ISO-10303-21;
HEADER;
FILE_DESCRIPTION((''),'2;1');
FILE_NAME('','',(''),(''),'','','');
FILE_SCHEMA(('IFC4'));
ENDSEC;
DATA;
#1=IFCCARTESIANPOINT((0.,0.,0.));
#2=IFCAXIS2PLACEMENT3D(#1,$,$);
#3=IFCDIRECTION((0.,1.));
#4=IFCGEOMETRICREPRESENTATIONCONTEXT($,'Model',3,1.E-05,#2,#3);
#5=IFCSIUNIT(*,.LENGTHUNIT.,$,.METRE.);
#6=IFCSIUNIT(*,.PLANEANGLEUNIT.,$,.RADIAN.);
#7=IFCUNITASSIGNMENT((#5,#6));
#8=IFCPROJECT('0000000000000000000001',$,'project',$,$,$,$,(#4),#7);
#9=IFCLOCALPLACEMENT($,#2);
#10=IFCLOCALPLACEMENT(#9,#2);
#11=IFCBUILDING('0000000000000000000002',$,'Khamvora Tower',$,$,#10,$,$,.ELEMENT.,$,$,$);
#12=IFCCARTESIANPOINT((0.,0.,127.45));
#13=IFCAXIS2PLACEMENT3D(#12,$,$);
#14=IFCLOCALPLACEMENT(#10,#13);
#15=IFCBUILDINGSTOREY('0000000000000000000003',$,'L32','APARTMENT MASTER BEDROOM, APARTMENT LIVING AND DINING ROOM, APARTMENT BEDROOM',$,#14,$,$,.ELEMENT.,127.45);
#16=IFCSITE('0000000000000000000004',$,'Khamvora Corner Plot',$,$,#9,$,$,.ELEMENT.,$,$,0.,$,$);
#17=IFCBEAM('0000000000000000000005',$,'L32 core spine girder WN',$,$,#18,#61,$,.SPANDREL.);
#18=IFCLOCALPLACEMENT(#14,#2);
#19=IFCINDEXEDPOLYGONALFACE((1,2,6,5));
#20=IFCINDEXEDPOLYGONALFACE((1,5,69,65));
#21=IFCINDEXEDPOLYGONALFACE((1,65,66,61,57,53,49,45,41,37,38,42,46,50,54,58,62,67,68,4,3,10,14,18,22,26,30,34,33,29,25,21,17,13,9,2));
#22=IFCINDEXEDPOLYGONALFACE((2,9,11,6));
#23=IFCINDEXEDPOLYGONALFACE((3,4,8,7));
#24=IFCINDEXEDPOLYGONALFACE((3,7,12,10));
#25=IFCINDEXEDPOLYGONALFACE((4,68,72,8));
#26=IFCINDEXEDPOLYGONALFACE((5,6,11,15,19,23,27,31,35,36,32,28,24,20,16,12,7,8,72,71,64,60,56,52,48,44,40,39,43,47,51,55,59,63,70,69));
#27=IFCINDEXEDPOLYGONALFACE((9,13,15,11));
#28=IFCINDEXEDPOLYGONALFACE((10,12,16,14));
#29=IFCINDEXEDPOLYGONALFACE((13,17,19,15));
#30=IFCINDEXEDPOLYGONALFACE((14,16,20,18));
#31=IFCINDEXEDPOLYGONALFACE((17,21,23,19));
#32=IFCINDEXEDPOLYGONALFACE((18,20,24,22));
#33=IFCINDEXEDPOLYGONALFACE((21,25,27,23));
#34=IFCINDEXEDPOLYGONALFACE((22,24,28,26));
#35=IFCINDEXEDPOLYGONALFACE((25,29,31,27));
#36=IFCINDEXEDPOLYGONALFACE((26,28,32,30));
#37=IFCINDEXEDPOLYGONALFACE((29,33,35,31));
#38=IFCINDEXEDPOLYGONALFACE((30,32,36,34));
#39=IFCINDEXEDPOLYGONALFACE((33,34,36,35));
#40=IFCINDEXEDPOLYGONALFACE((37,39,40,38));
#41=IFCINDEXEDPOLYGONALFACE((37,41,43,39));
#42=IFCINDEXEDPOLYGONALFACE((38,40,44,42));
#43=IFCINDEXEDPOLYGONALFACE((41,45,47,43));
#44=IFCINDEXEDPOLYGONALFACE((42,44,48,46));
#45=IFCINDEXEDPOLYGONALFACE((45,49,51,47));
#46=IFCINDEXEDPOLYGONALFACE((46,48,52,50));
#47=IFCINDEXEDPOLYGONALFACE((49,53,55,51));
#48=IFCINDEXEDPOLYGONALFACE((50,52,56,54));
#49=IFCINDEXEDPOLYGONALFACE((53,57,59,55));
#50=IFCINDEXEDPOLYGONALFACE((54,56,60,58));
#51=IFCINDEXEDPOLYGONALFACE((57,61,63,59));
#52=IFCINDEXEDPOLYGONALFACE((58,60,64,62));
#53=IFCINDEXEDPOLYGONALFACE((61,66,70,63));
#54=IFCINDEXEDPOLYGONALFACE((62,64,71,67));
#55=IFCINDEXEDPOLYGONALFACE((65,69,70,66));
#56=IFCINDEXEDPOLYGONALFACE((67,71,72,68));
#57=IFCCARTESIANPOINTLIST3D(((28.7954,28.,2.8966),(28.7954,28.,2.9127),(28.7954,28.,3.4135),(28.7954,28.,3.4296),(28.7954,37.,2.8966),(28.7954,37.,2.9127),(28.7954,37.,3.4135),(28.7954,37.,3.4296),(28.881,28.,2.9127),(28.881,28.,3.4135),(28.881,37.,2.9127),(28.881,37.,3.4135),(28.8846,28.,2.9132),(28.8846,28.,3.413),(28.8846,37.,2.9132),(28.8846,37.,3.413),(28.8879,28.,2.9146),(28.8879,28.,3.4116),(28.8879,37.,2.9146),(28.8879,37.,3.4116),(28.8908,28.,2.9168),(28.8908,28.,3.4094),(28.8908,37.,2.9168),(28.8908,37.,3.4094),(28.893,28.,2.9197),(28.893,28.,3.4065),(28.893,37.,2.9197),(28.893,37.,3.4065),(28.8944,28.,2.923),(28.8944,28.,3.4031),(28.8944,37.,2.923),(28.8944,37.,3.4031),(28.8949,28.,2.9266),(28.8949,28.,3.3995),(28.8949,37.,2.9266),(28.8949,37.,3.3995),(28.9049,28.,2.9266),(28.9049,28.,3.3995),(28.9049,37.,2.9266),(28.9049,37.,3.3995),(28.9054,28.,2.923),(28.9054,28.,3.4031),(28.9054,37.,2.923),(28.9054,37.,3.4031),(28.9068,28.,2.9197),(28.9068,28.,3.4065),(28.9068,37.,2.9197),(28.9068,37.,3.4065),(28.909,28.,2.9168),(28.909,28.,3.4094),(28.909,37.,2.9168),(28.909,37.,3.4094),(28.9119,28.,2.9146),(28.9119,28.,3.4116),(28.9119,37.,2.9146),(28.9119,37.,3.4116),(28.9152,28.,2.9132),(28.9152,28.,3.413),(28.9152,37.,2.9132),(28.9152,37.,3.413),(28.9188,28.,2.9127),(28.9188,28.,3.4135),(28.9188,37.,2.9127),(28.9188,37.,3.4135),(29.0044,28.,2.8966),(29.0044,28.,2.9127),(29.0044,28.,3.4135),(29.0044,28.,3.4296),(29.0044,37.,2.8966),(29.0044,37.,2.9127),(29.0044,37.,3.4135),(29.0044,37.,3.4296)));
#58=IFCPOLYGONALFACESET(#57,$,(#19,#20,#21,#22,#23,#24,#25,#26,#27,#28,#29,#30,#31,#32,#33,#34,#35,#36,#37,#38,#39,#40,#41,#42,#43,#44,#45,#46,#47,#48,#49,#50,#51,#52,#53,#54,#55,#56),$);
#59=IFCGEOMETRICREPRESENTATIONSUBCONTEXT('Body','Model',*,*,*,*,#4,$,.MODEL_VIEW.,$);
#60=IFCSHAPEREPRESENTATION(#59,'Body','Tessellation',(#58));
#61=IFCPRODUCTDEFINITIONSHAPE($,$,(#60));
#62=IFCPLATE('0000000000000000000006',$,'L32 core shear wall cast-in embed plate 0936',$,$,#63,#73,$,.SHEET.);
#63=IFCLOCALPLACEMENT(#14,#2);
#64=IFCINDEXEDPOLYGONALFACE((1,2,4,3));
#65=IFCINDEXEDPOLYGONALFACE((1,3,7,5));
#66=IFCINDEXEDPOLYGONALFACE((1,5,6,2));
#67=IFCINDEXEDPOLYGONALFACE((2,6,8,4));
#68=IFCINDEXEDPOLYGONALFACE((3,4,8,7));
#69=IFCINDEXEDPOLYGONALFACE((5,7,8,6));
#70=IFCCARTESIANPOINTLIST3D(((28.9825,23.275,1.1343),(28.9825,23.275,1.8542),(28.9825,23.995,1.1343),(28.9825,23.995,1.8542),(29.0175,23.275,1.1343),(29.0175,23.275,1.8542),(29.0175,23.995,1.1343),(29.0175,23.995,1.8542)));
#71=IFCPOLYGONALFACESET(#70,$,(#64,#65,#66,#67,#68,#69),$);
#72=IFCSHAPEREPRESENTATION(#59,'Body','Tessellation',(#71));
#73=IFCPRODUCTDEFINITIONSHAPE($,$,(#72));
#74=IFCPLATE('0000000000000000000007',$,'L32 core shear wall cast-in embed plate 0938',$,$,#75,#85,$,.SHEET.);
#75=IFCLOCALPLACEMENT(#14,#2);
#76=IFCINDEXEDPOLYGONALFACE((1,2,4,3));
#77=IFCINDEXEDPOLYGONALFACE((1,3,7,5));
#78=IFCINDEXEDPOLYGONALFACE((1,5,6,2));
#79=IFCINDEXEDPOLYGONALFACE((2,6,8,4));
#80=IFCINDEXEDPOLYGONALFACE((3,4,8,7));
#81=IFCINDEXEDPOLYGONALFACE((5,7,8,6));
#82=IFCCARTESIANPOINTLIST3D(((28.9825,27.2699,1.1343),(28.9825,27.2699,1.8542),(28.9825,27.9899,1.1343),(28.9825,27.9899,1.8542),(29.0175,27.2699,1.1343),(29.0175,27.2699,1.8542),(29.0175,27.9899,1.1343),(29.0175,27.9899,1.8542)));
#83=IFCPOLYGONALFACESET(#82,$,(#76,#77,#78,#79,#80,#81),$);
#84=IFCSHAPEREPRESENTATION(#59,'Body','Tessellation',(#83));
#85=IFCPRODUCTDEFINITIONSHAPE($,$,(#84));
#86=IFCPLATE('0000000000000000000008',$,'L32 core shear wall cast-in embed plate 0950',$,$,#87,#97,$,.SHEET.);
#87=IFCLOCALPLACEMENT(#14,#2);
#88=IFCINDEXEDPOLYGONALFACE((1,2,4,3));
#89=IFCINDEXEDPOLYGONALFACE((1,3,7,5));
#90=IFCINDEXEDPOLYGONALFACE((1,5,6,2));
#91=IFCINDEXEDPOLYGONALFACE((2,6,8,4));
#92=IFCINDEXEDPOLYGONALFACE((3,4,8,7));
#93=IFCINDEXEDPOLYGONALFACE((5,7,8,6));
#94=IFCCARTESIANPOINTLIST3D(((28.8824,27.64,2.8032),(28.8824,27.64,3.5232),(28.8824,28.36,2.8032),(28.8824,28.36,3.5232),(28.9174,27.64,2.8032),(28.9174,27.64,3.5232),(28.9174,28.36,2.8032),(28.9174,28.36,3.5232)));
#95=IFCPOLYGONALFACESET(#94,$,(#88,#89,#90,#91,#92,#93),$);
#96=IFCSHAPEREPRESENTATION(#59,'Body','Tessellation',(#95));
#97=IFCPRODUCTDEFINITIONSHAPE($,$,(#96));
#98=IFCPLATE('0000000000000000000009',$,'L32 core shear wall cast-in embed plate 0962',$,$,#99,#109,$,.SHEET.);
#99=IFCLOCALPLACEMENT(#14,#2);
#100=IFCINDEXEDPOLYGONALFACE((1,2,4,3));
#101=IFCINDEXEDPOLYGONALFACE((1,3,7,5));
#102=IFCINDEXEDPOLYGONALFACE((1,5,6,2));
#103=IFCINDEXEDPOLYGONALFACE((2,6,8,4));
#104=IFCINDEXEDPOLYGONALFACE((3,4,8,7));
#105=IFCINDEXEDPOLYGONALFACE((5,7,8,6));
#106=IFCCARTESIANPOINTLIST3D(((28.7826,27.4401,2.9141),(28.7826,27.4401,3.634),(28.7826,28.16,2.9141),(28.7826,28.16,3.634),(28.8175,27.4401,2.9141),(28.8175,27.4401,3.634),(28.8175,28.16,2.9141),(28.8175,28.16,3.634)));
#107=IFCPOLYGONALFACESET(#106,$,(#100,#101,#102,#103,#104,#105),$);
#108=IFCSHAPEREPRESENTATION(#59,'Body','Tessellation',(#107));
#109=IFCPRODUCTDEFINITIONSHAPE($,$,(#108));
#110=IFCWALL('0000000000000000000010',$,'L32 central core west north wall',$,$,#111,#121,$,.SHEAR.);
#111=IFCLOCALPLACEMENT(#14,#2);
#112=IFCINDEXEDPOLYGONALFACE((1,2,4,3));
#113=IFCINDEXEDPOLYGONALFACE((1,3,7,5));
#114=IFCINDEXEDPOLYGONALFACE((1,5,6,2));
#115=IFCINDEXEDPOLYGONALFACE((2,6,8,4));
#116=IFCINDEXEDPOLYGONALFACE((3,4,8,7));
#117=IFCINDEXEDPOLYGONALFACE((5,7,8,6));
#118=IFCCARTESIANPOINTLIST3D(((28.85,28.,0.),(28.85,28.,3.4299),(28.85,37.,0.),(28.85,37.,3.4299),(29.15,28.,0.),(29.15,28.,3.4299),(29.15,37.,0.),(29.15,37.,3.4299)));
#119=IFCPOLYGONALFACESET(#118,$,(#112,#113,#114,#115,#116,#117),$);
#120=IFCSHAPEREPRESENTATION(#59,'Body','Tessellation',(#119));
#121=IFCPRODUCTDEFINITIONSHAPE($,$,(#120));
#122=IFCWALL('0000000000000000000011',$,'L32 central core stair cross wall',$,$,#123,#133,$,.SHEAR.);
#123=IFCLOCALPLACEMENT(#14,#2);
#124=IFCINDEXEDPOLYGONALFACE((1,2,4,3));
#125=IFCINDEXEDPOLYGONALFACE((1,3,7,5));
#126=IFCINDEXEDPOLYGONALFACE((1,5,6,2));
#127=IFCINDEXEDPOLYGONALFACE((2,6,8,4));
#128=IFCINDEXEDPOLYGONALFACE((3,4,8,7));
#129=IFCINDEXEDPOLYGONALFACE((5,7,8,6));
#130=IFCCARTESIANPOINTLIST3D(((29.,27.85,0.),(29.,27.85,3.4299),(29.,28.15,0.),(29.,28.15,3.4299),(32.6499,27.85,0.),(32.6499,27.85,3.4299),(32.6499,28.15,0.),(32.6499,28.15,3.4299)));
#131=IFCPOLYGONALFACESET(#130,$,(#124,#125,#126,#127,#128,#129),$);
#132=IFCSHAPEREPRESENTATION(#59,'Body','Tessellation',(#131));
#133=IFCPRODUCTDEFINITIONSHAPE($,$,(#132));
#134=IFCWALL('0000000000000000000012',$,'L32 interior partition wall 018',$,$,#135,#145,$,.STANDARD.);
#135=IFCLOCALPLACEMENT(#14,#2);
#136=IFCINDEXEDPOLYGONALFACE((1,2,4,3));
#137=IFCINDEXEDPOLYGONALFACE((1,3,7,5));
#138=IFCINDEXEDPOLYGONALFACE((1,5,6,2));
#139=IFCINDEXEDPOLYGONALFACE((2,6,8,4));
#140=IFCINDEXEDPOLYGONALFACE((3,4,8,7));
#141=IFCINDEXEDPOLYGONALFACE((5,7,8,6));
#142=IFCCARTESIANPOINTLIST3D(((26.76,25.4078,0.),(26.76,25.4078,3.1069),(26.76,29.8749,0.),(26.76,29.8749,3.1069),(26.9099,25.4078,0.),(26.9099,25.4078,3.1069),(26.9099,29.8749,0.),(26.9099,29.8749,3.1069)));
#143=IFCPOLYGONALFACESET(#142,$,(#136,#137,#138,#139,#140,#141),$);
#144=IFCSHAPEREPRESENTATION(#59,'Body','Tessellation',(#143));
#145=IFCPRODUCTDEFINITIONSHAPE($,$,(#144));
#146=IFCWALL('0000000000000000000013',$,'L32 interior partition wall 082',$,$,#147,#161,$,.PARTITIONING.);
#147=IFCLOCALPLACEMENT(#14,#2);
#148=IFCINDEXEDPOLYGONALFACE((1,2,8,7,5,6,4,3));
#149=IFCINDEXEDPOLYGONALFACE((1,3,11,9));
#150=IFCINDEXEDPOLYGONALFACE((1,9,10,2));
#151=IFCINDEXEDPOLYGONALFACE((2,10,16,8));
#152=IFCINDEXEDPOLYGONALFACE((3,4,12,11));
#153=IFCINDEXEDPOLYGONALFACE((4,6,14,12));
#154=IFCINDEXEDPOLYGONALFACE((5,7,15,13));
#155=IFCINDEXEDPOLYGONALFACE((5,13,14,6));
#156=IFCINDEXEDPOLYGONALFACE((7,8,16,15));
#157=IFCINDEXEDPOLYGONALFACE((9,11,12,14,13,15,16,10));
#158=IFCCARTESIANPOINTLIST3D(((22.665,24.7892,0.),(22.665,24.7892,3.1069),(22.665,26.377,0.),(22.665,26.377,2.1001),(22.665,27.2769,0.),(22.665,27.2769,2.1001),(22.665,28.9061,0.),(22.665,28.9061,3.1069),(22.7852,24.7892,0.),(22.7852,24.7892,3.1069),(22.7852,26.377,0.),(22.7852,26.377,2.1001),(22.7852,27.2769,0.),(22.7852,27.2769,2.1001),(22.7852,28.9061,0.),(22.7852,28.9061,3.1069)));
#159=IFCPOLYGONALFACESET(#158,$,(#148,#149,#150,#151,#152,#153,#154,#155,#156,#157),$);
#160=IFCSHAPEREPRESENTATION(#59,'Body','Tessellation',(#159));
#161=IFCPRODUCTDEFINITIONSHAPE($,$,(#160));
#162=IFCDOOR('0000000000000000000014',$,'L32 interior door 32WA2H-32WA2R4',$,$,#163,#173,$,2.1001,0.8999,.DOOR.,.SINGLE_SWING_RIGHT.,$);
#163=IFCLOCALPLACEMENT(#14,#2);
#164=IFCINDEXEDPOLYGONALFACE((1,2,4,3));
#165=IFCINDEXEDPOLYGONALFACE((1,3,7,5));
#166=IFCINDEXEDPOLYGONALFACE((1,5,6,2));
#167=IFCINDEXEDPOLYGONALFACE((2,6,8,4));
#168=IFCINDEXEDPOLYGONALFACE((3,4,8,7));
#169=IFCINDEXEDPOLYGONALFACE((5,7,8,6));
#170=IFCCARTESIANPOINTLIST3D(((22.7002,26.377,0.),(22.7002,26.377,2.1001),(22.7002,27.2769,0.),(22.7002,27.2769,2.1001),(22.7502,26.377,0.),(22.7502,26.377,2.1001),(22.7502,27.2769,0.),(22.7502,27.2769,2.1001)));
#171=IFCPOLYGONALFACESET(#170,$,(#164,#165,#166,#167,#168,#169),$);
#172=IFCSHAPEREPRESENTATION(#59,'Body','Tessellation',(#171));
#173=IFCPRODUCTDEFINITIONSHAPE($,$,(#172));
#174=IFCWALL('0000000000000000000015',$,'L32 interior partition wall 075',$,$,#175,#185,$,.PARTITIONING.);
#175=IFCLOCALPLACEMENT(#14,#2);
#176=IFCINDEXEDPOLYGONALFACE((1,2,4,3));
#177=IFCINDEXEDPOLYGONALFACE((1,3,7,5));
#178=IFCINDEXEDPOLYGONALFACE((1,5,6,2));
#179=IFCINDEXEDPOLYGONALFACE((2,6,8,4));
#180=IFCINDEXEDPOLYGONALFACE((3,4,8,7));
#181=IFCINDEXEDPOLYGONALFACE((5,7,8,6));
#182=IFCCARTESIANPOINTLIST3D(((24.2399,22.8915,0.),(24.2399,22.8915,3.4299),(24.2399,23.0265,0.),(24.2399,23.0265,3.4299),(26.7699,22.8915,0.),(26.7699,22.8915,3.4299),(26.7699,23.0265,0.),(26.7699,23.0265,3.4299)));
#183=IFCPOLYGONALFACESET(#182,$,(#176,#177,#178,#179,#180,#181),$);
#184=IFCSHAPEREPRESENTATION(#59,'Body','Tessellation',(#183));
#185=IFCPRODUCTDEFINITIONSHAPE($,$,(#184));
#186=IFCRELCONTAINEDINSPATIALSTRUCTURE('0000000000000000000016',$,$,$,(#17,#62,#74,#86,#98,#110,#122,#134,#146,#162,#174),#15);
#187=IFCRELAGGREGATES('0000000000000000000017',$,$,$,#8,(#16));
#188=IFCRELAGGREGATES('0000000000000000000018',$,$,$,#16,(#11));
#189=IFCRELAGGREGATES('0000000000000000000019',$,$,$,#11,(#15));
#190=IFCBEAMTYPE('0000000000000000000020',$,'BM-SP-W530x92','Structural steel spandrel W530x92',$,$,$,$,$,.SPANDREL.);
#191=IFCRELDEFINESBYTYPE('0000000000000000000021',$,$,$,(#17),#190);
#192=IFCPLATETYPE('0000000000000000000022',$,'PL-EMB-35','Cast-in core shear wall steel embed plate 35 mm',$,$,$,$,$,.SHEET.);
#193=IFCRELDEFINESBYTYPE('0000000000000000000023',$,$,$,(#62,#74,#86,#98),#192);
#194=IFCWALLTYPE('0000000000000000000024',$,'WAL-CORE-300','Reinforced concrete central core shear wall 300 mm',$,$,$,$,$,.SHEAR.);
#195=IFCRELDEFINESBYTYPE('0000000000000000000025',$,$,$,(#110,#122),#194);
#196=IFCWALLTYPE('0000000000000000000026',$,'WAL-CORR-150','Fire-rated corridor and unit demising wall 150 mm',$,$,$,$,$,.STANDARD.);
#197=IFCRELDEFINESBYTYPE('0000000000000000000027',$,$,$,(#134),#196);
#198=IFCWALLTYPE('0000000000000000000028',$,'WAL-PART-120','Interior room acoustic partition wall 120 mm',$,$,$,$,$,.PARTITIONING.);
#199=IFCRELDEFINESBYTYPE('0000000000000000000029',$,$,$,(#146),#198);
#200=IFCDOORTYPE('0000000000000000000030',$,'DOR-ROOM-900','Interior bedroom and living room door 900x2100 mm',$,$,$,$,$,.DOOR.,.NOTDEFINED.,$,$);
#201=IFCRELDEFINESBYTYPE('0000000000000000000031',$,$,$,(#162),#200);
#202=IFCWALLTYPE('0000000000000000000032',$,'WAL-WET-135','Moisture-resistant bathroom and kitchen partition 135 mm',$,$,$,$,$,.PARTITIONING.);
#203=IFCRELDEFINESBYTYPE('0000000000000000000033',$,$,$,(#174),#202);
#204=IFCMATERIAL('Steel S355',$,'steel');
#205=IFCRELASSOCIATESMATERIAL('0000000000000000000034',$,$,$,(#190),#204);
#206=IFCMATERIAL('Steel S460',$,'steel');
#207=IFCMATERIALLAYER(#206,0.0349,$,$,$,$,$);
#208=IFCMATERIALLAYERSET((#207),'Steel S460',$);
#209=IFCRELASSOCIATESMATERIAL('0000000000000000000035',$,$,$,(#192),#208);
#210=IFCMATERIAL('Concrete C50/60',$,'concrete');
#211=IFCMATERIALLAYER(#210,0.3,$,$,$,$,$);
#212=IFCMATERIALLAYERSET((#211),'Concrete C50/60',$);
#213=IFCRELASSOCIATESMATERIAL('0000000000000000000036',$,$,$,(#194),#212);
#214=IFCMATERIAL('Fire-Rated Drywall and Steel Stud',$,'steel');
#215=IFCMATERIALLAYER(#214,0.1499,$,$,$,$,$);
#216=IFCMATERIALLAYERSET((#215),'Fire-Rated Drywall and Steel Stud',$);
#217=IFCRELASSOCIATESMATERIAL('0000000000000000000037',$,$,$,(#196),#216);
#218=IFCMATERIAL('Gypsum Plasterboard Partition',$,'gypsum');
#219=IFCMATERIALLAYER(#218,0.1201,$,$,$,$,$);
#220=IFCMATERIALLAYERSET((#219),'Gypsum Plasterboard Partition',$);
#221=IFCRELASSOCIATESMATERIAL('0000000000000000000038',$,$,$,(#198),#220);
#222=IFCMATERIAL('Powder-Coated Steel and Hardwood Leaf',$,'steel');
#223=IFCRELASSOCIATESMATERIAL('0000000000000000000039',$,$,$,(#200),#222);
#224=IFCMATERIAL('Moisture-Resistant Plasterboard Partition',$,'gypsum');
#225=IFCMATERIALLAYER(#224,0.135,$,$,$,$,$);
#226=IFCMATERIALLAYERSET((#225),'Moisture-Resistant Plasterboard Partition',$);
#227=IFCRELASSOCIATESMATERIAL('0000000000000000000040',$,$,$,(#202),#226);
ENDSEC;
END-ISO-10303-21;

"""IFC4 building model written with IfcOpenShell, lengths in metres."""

from ifc_helpers import new_model, si_unit, direction, frame, frame_2d, origin, origin_2d, place, context, subcontext, project, spatial, rectangle, i_section, extrude, material, layer, layer_set, material_profile, profile_set, type_object, element, fill, save


model = new_model("IFC4")

# Units and contexts
model_context = context("Model", 3, precision=1e-05, world=origin(), true_north=direction((0.0, 1.0)))
body_context = subcontext(model_context, "Body", "Model", "MODEL_VIEW")
ifc_project = project(units=[si_unit("LENGTHUNIT", "METRE"), si_unit("PLANEANGLEUNIT", "RADIAN")], contexts=[model_context])

# Site, building, storey
site_placement = place(None, origin())
site = spatial("IfcSite", under=ifc_project, at=site_placement, Name="Khamvora Corner Plot", CompositionType="ELEMENT", RefElevation=0.0)
building_placement = place(site_placement, origin())
building = spatial("IfcBuilding", under=site, at=building_placement, Name="Khamvora Tower", CompositionType="ELEMENT")
storey_placement = place(building_placement, frame((0.0, 0.0, 127.45)))
storey = spatial("IfcBuildingStorey", under=building, at=storey_placement, Name="L32", Description="APARTMENT MASTER BEDROOM, APARTMENT LIVING AND DINING ROOM, APARTMENT BEDROOM", CompositionType="ELEMENT", Elevation=127.45)

# Shared definitions
ifc_material_1 = material(Name="Steel S460", Category="steel")

# Beam
ifc_material_2 = material(Name="Steel S355", Category="steel")
ifc_material_profile_1 = material_profile(ifc_material_2, i_section(OverallWidth=0.209, OverallDepth=0.533, WebThickness=0.01, FlangeThickness=0.0161, FilletRadius=0.0139, at=origin_2d()), Name="W530x92")
ifc_profile_set_1 = profile_set([ifc_material_profile_1], Name="Steel S355")
beam_type_1 = type_object("IfcBeamType", Name="BM-SP-W530x92", Description="Structural steel spandrel W530x92", PredefinedType="SPANDREL", material=ifc_profile_set_1)
beam_1_placement = place(storey_placement, frame((28.8999, 28.0, 3.1631), z_axis=(0.0, 1.0, 0.0), x_axis=(-1.0, 0.0, 0.0)))
element("IfcBeam", 1, at=beam_1_placement, inside=storey, type_object=beam_type_1, Name="L32 core spine girder WN", PredefinedType="SPANDREL", context=body_context, shape_type="SweptSolid", body=[
    extrude(i_section(OverallWidth=0.209, OverallDepth=0.533, WebThickness=0.01, FlangeThickness=0.0161, FilletRadius=0.0139, at=origin_2d()), origin(), (0.0, 0.0, 1.0), 9.0),
])

# Plates
ifc_layer_1 = layer(ifc_material_1, 0.0349)
ifc_layer_set_1 = layer_set([ifc_layer_1], Name="Steel S460")
plate_type = type_object("IfcPlateType", Name="PL-EMB-35", Description="Cast-in core shear wall steel embed plate 35 mm", PredefinedType="SHEET", material=ifc_layer_set_1)
for number, where, z_axis, x_axis, name in (
    (2, (29.0, 23.635, 1.1343), (0.0, 0.0, 1.0), (1.0, 0.0, 0.0), "L32 core shear wall cast-in embed plate 0936"),
    (3, (29.0, 27.6299, 1.1343), (0.0, 0.0, 1.0), (1.0, 0.0, 0.0), "L32 core shear wall cast-in embed plate 0938"),
    (4, (28.8999, 28.0, 2.8032), (0.0, 0.0, 1.0), (1.0, 0.0, 0.0), "L32 core shear wall cast-in embed plate 0950"),
    (5, (28.8, 27.8, 2.9141), (0.0, 0.0, 1.0), (1.0, 0.0, 0.0), "L32 core shear wall cast-in embed plate 0962"),
):
    element("IfcPlate", number, at=place(storey_placement, frame(where, z_axis=z_axis, x_axis=x_axis)), inside=storey, type_object=plate_type, Name=name, PredefinedType="SHEET", context=body_context, shape_type="SweptSolid", body=[
        extrude(rectangle(XDim=0.0349, YDim=0.72, at=origin_2d()), origin(), (0.0, 0.0, 1.0), 0.72),
    ])

# Walls
ifc_material_3 = material(Name="Concrete C50/60", Category="concrete")
ifc_layer_2 = layer(ifc_material_3, 0.3)
ifc_layer_set_2 = layer_set([ifc_layer_2], Name="Concrete C50/60")
wall_type_1 = type_object("IfcWallType", Name="WAL-CORE-300", Description="Reinforced concrete central core shear wall 300 mm", PredefinedType="SHEAR", material=ifc_layer_set_2)
wall_1_placement = place(storey_placement, frame((29.0, 28.0, 0.0), z_axis=(0.0, 0.0, 1.0), x_axis=(0.0, 1.0, 0.0)))
element("IfcWall", 6, at=wall_1_placement, inside=storey, type_object=wall_type_1, Name="L32 central core west north wall", PredefinedType="SHEAR", context=body_context, shape_type="SweptSolid", body=[
    extrude(rectangle(XDim=9.0, YDim=0.3, at=frame_2d((4.5, 0.0))), origin(), (0.0, 0.0, 1.0), 3.4299),
])
wall_2_placement = place(storey_placement, frame((29.0, 28.0, 0.0), z_axis=(0.0, 0.0, 1.0), x_axis=(1.0, 0.0, 0.0)))
element("IfcWall", 7, at=wall_2_placement, inside=storey, type_object=wall_type_1, Name="L32 central core stair cross wall", PredefinedType="SHEAR", context=body_context, shape_type="SweptSolid", body=[
    extrude(rectangle(XDim=3.6499, YDim=0.3, at=frame_2d((1.825, 0.0))), origin(), (0.0, 0.0, 1.0), 3.4299),
])

# Shared definitions
ifc_material_4 = material(Name="Fire-Rated Drywall and Steel Stud", Category="steel")
ifc_layer_3 = layer(ifc_material_4, 0.1499)
ifc_layer_set_3 = layer_set([ifc_layer_3], Name="Fire-Rated Drywall and Steel Stud")
wall_type_2 = type_object("IfcWallType", Name="WAL-CORR-150", Description="Fire-rated corridor and unit demising wall 150 mm", PredefinedType="STANDARD", material=ifc_layer_set_3)
ifc_material_5 = material(Name="Powder-Coated Steel and Hardwood Leaf", Category="steel")

# Wall
wall_3_placement = place(storey_placement, frame((26.835, 25.408, 0.0), z_axis=(0.0, 0.0, 1.0), x_axis=(0.0, 1.0, 0.0)))
element("IfcWall", 8, at=wall_3_placement, inside=storey, type_object=wall_type_2, Name="L32 interior partition wall 018", PredefinedType="STANDARD", context=body_context, shape_type="SweptSolid", body=[
    extrude(rectangle(XDim=4.467, YDim=0.1499, at=frame_2d((2.2334, 0.0))), origin(), (0.0, 0.0, 1.0), 3.1069),
])

# Wall, opening, door
ifc_material_6 = material(Name="Gypsum Plasterboard Partition", Category="gypsum")
ifc_layer_4 = layer(ifc_material_6, 0.1201)
ifc_layer_set_4 = layer_set([ifc_layer_4], Name="Gypsum Plasterboard Partition")
wall_type_3 = type_object("IfcWallType", Name="WAL-PART-120", Description="Interior room acoustic partition wall 120 mm", PredefinedType="PARTITIONING", material=ifc_layer_set_4)
wall_4_placement = place(storey_placement, frame((22.7251, 24.7891, 0.0), z_axis=(0.0, 0.0, 1.0), x_axis=(0.0, 1.0, 0.0)))
wall_4 = element("IfcWall", 9, at=wall_4_placement, inside=storey, type_object=wall_type_3, Name="L32 interior partition wall 082", PredefinedType="PARTITIONING", context=body_context, shape_type="SweptSolid", body=[
    extrude(rectangle(XDim=4.1169, YDim=0.1201, at=frame_2d((2.0586, 0.0))), origin(), (0.0, 0.0, 1.0), 3.1069),
])
opening_1_placement = place(wall_4_placement, frame((1.5879, 0.0, 0.0)))
opening_1 = element("IfcOpeningElement", 10, at=opening_1_placement, cuts=wall_4, PredefinedType="OPENING", context=body_context, shape_type="SweptSolid", body=[
    extrude(rectangle(XDim=0.8999, YDim=2.1001, at=frame_2d((0.45, 1.05))), frame((0.0, 0.0701, 0.0), z_axis=(0.0, -1.0, 0.0), x_axis=(1.0, 0.0, 0.0)), (0.0, 0.0, 1.0), 0.1401),
])
door_type_1 = type_object("IfcDoorType", Name="DOR-ROOM-900", Description="Interior bedroom and living room door 900x2100 mm", OperationType="NOTDEFINED", PredefinedType="DOOR", material=ifc_material_5)
door_1_placement = place(opening_1_placement, origin())
door_1 = element("IfcDoor", 11, at=door_1_placement, inside=storey, type_object=door_type_1, Name="L32 interior door 32WA2H-32WA2R4", OperationType="SINGLE_SWING_RIGHT", OverallHeight=2.1001, OverallWidth=0.8999, PredefinedType="DOOR", context=body_context, shape_type="SweptSolid", body=[
    extrude(rectangle(XDim=0.8999, YDim=2.1001, at=frame_2d((0.45, 1.05))), frame((0.0, 0.0249, 0.0), z_axis=(0.0, -1.0, 0.0), x_axis=(1.0, 0.0, 0.0)), (0.0, 0.0, 1.0), 0.05),
])
fill(opening_1, door_1)

# Wall
ifc_material_7 = material(Name="Moisture-Resistant Plasterboard Partition", Category="gypsum")
ifc_layer_5 = layer(ifc_material_7, 0.135)
ifc_layer_set_5 = layer_set([ifc_layer_5], Name="Moisture-Resistant Plasterboard Partition")
wall_type_4 = type_object("IfcWallType", Name="WAL-WET-135", Description="Moisture-resistant bathroom and kitchen partition 135 mm", PredefinedType="PARTITIONING", material=ifc_layer_set_5)
wall_5_placement = place(storey_placement, frame((26.77, 22.959, 0.0), z_axis=(0.0, 0.0, 1.0), x_axis=(-1.0, 0.0, 0.0)))
element("IfcWall", 12, at=wall_5_placement, inside=storey, type_object=wall_type_4, Name="L32 interior partition wall 075", PredefinedType="PARTITIONING", context=body_context, shape_type="SweptSolid", body=[
    extrude(rectangle(XDim=2.53, YDim=0.135, at=frame_2d((1.2651, 0.0))), origin(), (0.0, 0.0, 1.0), 3.4299),
])

save(model, "model.ifc")
